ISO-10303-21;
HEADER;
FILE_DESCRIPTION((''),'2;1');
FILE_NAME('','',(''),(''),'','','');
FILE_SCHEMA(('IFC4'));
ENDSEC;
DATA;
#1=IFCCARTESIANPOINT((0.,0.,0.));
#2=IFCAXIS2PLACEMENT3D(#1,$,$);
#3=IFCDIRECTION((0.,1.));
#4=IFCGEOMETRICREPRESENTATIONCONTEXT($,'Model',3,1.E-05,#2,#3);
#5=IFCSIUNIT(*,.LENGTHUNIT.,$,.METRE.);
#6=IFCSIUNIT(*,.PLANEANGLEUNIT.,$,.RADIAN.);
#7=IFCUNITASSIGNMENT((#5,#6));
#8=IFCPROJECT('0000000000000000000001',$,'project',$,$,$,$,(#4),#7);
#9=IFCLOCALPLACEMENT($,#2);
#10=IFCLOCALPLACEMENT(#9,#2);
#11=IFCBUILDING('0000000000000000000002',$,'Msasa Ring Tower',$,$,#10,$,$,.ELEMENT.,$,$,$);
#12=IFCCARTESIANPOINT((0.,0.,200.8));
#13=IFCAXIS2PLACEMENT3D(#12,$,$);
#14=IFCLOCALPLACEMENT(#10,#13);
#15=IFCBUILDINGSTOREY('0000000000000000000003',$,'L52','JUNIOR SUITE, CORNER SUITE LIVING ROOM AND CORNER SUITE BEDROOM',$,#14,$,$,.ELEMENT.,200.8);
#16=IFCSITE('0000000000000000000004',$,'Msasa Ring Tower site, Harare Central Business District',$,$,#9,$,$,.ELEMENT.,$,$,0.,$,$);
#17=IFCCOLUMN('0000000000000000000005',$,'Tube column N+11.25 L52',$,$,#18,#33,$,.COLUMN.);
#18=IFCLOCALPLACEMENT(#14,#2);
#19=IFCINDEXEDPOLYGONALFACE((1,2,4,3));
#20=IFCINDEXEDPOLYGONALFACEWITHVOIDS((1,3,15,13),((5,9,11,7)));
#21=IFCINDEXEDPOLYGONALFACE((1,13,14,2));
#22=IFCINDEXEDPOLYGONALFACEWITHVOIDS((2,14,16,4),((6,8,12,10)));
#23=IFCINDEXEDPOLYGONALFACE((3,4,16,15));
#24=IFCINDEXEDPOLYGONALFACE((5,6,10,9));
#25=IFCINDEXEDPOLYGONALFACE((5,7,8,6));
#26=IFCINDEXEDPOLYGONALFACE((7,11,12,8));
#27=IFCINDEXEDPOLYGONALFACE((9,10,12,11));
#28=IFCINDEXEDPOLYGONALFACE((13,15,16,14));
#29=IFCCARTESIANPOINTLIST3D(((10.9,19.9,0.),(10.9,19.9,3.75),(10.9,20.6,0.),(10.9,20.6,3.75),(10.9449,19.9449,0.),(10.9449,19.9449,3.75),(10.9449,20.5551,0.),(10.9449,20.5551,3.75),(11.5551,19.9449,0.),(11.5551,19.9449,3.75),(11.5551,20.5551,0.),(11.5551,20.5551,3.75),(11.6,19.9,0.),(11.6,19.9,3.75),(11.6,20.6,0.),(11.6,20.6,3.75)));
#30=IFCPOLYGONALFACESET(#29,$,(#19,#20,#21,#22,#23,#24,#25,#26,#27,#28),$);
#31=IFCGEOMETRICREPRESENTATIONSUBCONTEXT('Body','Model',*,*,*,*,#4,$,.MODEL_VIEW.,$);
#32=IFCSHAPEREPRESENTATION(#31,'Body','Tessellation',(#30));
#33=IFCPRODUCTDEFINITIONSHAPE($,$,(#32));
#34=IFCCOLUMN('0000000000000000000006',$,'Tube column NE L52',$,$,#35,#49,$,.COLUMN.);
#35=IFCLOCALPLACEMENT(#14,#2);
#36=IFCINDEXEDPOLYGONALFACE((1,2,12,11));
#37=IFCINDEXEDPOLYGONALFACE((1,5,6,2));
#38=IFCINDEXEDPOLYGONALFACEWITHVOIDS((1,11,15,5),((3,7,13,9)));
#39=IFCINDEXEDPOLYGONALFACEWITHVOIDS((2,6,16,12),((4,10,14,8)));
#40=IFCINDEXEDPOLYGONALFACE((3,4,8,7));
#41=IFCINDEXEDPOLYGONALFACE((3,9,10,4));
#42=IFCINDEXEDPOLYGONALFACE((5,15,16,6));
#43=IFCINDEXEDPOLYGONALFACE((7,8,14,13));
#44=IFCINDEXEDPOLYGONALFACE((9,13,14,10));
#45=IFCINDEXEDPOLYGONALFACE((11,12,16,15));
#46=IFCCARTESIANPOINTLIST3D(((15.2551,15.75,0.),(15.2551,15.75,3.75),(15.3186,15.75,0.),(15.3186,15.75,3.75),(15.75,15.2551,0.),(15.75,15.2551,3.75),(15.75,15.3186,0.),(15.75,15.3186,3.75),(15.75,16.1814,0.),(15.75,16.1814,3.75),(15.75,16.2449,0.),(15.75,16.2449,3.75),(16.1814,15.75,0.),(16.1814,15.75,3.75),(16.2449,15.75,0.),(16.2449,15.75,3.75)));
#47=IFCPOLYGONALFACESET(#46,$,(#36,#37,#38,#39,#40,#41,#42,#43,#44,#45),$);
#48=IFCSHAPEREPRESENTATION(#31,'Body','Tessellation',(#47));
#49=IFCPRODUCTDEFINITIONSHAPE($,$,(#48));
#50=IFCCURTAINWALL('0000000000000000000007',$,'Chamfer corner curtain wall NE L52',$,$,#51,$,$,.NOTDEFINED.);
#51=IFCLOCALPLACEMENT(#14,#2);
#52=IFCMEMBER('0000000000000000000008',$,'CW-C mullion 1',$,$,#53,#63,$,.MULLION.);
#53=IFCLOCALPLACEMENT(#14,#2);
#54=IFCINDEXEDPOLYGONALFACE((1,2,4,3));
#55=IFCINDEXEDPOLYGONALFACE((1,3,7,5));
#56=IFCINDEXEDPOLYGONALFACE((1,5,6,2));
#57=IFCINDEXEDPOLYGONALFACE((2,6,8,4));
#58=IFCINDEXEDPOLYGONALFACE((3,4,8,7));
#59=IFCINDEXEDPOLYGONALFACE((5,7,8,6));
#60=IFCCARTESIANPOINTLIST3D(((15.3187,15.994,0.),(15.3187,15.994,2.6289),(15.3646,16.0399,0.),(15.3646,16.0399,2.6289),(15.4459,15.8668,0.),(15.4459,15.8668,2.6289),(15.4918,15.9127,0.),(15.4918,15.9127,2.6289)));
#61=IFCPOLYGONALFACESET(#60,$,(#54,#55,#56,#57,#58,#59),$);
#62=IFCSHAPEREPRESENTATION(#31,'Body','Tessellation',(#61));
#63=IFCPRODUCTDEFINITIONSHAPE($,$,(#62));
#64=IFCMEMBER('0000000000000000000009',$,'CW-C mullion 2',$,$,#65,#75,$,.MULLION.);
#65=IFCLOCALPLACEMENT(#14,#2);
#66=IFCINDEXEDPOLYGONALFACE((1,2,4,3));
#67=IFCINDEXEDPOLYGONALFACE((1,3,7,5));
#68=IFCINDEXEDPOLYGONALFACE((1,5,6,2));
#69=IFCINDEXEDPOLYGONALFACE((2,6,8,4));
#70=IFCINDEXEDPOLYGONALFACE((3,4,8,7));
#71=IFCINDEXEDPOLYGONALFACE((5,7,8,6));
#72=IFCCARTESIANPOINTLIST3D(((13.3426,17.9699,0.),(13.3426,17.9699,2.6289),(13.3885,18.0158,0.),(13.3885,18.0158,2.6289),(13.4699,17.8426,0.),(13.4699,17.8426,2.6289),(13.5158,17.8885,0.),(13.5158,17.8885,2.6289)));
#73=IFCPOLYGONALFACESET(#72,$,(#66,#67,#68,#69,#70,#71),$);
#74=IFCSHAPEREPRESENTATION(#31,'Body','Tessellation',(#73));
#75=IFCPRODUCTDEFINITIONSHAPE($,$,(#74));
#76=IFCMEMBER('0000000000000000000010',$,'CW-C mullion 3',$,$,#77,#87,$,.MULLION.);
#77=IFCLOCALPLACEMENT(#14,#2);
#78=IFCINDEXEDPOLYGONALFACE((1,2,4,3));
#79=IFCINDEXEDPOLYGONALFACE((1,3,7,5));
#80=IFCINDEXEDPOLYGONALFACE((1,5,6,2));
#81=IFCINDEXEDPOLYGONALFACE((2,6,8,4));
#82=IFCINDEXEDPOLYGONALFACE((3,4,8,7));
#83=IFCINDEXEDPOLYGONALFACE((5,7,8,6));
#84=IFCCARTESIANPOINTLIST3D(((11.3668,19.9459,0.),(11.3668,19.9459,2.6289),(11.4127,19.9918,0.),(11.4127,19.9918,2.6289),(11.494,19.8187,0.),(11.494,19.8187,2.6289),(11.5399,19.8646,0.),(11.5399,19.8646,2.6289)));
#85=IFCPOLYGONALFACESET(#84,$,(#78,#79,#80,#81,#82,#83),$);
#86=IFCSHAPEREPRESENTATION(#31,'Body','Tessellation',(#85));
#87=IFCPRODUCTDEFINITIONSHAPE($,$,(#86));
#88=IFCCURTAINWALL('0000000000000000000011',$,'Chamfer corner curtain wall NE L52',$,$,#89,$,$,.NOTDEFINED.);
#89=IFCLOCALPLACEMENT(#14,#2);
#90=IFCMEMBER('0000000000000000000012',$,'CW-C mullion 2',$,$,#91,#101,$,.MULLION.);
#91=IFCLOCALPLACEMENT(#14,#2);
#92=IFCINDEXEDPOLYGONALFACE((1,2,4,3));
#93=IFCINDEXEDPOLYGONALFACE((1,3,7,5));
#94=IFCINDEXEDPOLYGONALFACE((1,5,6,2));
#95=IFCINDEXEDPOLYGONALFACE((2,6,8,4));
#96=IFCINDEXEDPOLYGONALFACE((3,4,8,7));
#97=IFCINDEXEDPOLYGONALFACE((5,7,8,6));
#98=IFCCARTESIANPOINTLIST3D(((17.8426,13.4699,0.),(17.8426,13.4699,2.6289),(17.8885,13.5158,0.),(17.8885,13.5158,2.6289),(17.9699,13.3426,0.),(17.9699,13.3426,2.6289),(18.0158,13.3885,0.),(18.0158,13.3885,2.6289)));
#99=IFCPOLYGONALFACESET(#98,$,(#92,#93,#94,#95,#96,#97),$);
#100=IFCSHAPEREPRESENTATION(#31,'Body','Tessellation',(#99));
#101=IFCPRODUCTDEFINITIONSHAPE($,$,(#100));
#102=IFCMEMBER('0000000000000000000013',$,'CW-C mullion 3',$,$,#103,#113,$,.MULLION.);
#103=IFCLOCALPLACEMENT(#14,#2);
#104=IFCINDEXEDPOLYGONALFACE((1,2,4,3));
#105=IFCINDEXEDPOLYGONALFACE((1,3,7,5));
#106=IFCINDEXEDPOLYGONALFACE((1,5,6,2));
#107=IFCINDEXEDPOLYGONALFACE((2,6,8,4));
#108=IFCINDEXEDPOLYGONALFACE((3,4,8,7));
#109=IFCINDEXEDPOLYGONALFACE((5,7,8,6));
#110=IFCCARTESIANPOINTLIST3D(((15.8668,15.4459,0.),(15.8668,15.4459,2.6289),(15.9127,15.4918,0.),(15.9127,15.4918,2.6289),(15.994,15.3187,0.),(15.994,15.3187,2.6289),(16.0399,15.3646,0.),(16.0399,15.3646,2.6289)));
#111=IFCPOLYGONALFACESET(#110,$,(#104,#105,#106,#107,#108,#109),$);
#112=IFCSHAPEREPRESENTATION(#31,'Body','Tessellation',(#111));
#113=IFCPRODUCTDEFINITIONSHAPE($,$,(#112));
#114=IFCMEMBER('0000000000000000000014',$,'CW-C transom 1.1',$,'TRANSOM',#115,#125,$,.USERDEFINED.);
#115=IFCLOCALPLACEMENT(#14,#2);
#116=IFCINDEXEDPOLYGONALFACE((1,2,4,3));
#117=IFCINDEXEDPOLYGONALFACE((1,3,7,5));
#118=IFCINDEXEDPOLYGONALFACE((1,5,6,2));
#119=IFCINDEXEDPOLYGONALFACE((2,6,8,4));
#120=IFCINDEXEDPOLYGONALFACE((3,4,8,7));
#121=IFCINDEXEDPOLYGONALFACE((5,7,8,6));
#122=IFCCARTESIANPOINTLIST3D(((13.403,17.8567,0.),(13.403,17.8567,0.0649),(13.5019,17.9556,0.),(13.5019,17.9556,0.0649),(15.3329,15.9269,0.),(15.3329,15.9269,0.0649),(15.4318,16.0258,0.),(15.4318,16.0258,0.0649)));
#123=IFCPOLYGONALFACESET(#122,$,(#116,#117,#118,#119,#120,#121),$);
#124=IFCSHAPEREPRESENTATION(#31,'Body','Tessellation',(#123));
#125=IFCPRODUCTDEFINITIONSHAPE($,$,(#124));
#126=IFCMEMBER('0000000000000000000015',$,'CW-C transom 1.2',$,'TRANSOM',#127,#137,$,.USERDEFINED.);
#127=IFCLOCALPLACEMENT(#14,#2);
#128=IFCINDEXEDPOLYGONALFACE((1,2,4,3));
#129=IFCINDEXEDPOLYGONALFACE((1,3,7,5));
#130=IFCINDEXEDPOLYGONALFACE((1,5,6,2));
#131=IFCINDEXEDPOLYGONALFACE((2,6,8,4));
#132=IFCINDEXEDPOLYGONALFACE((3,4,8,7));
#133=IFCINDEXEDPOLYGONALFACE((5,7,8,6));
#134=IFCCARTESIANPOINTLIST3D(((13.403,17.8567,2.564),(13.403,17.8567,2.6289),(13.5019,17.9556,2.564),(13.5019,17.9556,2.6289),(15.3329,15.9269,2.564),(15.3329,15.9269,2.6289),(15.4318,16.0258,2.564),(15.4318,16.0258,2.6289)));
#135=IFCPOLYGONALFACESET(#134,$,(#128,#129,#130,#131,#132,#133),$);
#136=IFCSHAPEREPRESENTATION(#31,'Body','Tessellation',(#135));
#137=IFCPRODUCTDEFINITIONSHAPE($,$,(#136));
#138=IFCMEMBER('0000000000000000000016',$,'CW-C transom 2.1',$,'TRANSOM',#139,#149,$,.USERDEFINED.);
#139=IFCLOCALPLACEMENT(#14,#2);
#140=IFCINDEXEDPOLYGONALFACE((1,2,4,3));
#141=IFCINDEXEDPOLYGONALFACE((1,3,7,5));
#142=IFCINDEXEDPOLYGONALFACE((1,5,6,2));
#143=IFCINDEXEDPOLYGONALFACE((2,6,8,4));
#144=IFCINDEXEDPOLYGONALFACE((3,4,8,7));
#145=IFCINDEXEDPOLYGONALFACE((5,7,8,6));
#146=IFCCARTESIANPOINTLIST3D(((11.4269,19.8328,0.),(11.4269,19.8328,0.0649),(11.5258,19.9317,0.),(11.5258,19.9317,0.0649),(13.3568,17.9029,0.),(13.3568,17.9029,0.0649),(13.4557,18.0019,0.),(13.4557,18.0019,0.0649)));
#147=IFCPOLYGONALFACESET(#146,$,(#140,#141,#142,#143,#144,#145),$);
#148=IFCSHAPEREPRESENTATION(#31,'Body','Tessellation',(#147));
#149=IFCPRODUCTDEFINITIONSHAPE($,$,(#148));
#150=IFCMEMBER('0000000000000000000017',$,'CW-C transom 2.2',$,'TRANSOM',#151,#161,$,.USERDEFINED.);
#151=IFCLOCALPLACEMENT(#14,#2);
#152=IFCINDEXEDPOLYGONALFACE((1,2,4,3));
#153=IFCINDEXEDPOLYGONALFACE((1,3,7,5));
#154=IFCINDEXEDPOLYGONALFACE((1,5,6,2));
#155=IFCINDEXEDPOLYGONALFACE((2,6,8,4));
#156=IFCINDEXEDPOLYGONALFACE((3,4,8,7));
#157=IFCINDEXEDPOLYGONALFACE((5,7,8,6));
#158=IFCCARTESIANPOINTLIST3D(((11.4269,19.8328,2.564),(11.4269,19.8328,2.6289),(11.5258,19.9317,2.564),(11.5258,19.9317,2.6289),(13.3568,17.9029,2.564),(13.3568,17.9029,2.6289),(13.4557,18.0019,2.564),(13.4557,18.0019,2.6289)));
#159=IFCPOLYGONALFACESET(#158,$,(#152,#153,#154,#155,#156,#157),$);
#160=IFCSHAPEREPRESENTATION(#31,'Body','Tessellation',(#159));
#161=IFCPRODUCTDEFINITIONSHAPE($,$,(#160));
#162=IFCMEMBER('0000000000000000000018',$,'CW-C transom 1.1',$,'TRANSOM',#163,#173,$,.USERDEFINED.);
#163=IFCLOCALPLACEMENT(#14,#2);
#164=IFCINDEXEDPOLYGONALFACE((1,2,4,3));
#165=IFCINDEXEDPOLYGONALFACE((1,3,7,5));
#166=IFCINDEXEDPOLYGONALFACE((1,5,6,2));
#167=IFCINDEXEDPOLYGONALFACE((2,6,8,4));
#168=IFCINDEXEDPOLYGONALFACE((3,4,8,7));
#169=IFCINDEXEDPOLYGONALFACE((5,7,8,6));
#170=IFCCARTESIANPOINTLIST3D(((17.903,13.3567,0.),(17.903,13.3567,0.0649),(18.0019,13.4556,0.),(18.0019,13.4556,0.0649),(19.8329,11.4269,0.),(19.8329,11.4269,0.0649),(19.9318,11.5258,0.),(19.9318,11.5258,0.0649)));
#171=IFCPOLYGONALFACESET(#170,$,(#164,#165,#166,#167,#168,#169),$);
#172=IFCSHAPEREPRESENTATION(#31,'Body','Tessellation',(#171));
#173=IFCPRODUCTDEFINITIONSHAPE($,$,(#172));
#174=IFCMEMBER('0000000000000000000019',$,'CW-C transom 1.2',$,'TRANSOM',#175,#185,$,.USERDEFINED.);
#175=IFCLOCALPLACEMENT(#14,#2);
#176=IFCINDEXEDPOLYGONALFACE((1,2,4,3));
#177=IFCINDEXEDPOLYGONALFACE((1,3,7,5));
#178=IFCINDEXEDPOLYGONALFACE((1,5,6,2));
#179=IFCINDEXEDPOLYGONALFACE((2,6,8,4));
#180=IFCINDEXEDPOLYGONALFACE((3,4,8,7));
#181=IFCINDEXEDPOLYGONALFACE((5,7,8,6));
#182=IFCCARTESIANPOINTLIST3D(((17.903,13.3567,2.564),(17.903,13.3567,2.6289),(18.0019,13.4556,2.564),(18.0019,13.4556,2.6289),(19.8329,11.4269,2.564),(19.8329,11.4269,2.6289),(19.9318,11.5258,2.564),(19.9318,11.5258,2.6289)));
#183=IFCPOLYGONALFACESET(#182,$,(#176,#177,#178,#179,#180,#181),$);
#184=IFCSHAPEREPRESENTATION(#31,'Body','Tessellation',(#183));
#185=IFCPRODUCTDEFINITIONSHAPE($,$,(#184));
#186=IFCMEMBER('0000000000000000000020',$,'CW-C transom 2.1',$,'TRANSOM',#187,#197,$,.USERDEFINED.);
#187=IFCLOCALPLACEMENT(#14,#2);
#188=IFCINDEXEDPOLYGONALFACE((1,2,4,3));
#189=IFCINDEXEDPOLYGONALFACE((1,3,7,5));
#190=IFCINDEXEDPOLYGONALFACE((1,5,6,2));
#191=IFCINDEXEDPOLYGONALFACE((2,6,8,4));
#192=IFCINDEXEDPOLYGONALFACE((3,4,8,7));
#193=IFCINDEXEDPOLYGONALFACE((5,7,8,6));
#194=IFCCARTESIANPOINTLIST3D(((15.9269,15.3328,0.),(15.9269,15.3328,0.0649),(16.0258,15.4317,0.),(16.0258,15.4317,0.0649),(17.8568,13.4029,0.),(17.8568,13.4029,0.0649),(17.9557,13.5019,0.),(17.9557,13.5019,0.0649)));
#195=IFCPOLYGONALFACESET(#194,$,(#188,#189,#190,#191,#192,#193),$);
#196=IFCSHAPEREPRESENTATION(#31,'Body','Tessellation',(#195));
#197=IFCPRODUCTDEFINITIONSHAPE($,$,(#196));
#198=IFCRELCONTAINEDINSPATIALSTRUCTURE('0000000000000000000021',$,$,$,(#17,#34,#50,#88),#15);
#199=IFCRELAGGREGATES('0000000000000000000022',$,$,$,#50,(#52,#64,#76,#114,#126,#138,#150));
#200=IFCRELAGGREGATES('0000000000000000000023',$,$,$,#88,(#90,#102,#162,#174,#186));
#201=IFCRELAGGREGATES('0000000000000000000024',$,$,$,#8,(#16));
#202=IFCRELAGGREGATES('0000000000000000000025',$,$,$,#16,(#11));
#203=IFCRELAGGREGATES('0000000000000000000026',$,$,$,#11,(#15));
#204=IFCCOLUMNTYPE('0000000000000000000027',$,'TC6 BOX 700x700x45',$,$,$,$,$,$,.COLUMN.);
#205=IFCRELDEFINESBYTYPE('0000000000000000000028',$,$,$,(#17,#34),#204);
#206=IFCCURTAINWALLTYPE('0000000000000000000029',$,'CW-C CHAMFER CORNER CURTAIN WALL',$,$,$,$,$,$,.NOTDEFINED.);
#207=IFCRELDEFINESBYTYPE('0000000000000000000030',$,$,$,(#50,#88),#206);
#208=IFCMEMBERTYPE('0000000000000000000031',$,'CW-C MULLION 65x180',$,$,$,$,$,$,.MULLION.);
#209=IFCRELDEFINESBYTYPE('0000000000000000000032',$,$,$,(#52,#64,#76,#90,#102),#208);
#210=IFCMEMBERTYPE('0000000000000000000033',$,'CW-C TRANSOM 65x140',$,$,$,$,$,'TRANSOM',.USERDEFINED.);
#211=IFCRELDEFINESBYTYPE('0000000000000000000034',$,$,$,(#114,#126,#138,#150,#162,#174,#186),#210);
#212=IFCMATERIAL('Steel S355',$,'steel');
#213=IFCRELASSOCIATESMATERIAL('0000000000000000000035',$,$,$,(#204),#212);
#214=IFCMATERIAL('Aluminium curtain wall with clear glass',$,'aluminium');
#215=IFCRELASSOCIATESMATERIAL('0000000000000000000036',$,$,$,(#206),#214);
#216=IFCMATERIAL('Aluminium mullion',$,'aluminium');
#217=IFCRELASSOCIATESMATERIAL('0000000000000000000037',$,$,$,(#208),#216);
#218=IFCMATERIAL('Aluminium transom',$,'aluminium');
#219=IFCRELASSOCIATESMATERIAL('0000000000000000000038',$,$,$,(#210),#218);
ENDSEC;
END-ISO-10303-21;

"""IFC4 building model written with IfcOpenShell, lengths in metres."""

from ifc_helpers import new_model, si_unit, direction, frame, origin, origin_2d, place, context, subcontext, project, spatial, rectangle, hollow_rectangle, extrude, material, material_profile, profile_set, type_object, element, aggregate, save


model = new_model("IFC4")

# Units and contexts
model_context = context("Model", 3, precision=1e-05, world=origin(), true_north=direction((0.0, 1.0)))
body_context = subcontext(model_context, "Body", "Model", "MODEL_VIEW")
ifc_project = project(units=[si_unit("LENGTHUNIT", "METRE"), si_unit("PLANEANGLEUNIT", "RADIAN")], contexts=[model_context])

# Site, building, storey
site_placement = place(None, origin())
site = spatial("IfcSite", under=ifc_project, at=site_placement, Name="Msasa Ring Tower site, Harare Central Business District", CompositionType="ELEMENT", RefElevation=0.0)
building_placement = place(site_placement, origin())
building = spatial("IfcBuilding", under=site, at=building_placement, Name="Msasa Ring Tower", CompositionType="ELEMENT")
storey_placement = place(building_placement, frame((0.0, 0.0, 200.8)))
storey = spatial("IfcBuildingStorey", under=building, at=storey_placement, Name="L52", Description="JUNIOR SUITE, CORNER SUITE LIVING ROOM AND CORNER SUITE BEDROOM", CompositionType="ELEMENT", Elevation=200.8)

# Columns
ifc_material_1 = material(Name="Steel S355", Category="steel")
ifc_material_profile_1 = material_profile(ifc_material_1, hollow_rectangle(XDim=0.7, YDim=0.7, WallThickness=0.0449, at=origin_2d()), Name="BOX 700x700x45")
ifc_profile_set_1 = profile_set([ifc_material_profile_1], Name="Steel S355")
column_type = type_object("IfcColumnType", Name="TC6 BOX 700x700x45", PredefinedType="COLUMN", material=ifc_profile_set_1)
for number, where, z_axis, x_axis, name in (
    (1, (11.25, 20.25, 0.0), (0.0, 0.0, 1.0), (0.0, 1.0, 0.0), "Tube column N+11.25 L52"),
    (2, (15.75, 15.75, 0.0), (0.0, 0.0, 1.0), (0.707107, 0.707107, 0.0), "Tube column NE L52"),
):
    element("IfcColumn", number, at=place(storey_placement, frame(where, z_axis=z_axis, x_axis=x_axis)), inside=storey, type_object=column_type, Name=name, PredefinedType="COLUMN", context=body_context, shape_type="SweptSolid", body=[
        extrude(hollow_rectangle(XDim=0.7, YDim=0.7, WallThickness=0.0449, at=origin_2d()), origin(), (0.0, 0.0, 1.0), 3.75),
    ])

# Curtain walls, members
ifc_material_2 = material(Name="Aluminium curtain wall with clear glass", Category="aluminium")
curtain_wall_type = type_object("IfcCurtainWallType", Name="CW-C CHAMFER CORNER CURTAIN WALL", PredefinedType="NOTDEFINED", material=ifc_material_2)
curtain_wall_1_placement = place(storey_placement, origin())
curtain_wall_1 = element("IfcCurtainWall", 3, at=curtain_wall_1_placement, inside=storey, type_object=curtain_wall_type, Name="Chamfer corner curtain wall NE L52", PredefinedType="NOTDEFINED")
ifc_material_3 = material(Name="Aluminium mullion", Category="aluminium")
ifc_material_profile_2 = material_profile(ifc_material_3, rectangle(XDim=0.0649, YDim=0.1799, at=origin_2d()), Name="AL 65x180")
ifc_profile_set_2 = profile_set([ifc_material_profile_2], Name="Aluminium mullion")
member_type_1 = type_object("IfcMemberType", Name="CW-C MULLION 65x180", PredefinedType="MULLION", material=ifc_profile_set_2)
member_1_placement = place(storey_placement, frame((15.4053, 15.9534, 0.0), z_axis=(0.0, 0.0, 1.0), x_axis=(-0.707107, -0.707107, 0.0)))
member_1 = element("IfcMember", 4, at=member_1_placement, type_object=member_type_1, Name="CW-C mullion 1", PredefinedType="MULLION", context=body_context, shape_type="SweptSolid", body=[
    extrude(rectangle(XDim=0.0649, YDim=0.1799, at=origin_2d()), origin(), (0.0, 0.0, 1.0), 2.6289),
])
member_2_placement = place(storey_placement, frame((13.4292, 17.9292, 0.0), z_axis=(0.0, 0.0, 1.0), x_axis=(-0.707107, -0.707107, 0.0)))
member_2 = element("IfcMember", 5, at=member_2_placement, type_object=member_type_1, Name="CW-C mullion 2", PredefinedType="MULLION", context=body_context, shape_type="SweptSolid", body=[
    extrude(rectangle(XDim=0.0649, YDim=0.1799, at=origin_2d()), origin(), (0.0, 0.0, 1.0), 2.6289),
])
member_3_placement = place(storey_placement, frame((11.4534, 19.9053, 0.0), z_axis=(0.0, 0.0, 1.0), x_axis=(-0.707107, -0.707107, 0.0)))
member_3 = element("IfcMember", 6, at=member_3_placement, type_object=member_type_1, Name="CW-C mullion 3", PredefinedType="MULLION", context=body_context, shape_type="SweptSolid", body=[
    extrude(rectangle(XDim=0.0649, YDim=0.1799, at=origin_2d()), origin(), (0.0, 0.0, 1.0), 2.6289),
])
curtain_wall_2_placement = place(storey_placement, origin())
curtain_wall_2 = element("IfcCurtainWall", 7, at=curtain_wall_2_placement, inside=storey, type_object=curtain_wall_type, Name="Chamfer corner curtain wall NE L52", PredefinedType="NOTDEFINED")
member_4_placement = place(storey_placement, frame((17.9292, 13.4292, 0.0), z_axis=(0.0, 0.0, 1.0), x_axis=(-0.707107, -0.707107, 0.0)))
member_4 = element("IfcMember", 8, at=member_4_placement, type_object=member_type_1, Name="CW-C mullion 2", PredefinedType="MULLION", context=body_context, shape_type="SweptSolid", body=[
    extrude(rectangle(XDim=0.0649, YDim=0.1799, at=origin_2d()), origin(), (0.0, 0.0, 1.0), 2.6289),
])
member_5_placement = place(storey_placement, frame((15.9534, 15.4053, 0.0), z_axis=(0.0, 0.0, 1.0), x_axis=(-0.707107, -0.707107, 0.0)))
member_5 = element("IfcMember", 9, at=member_5_placement, type_object=member_type_1, Name="CW-C mullion 3", PredefinedType="MULLION", context=body_context, shape_type="SweptSolid", body=[
    extrude(rectangle(XDim=0.0649, YDim=0.1799, at=origin_2d()), origin(), (0.0, 0.0, 1.0), 2.6289),
])

# Members
ifc_material_4 = material(Name="Aluminium transom", Category="aluminium")
ifc_material_profile_3 = material_profile(ifc_material_4, rectangle(XDim=0.1399, YDim=0.0649, at=origin_2d()), Name="AL 65x140")
ifc_profile_set_3 = profile_set([ifc_material_profile_3], Name="Aluminium transom")
member_type_2 = type_object("IfcMemberType", Name="CW-C TRANSOM 65x140", ElementType="TRANSOM", PredefinedType="USERDEFINED", material=ifc_profile_set_3)
member_6_placement = place(storey_placement, frame((15.3823, 15.9763, 0.0325), z_axis=(-0.707107, 0.707107, 0.0), x_axis=(-0.707107, -0.707107, 0.0)))
member_6 = element("IfcMember", 10, at=member_6_placement, type_object=member_type_2, Name="CW-C transom 1.1", ObjectType="TRANSOM", PredefinedType="USERDEFINED", context=body_context, shape_type="SweptSolid", body=[
    extrude(rectangle(XDim=0.1399, YDim=0.0649, at=origin_2d()), origin(), (0.0, 0.0, 1.0), 2.7292),
])
member_7_placement = place(storey_placement, frame((15.3823, 15.9763, 2.5964), z_axis=(-0.707107, 0.707107, 0.0), x_axis=(-0.707107, -0.707107, 0.0)))
member_7 = element("IfcMember", 11, at=member_7_placement, type_object=member_type_2, Name="CW-C transom 1.2", ObjectType="TRANSOM", PredefinedType="USERDEFINED", context=body_context, shape_type="SweptSolid", body=[
    extrude(rectangle(XDim=0.1399, YDim=0.0649, at=origin_2d()), origin(), (0.0, 0.0, 1.0), 2.7292),
])
member_8_placement = place(storey_placement, frame((13.4062, 17.9524, 0.0325), z_axis=(-0.707107, 0.707107, 0.0), x_axis=(-0.707107, -0.707107, 0.0)))
member_8 = element("IfcMember", 12, at=member_8_placement, type_object=member_type_2, Name="CW-C transom 2.1", ObjectType="TRANSOM", PredefinedType="USERDEFINED", context=body_context, shape_type="SweptSolid", body=[
    extrude(rectangle(XDim=0.1399, YDim=0.0649, at=origin_2d()), origin(), (0.0, 0.0, 1.0), 2.7292),
])
member_9_placement = place(storey_placement, frame((13.4062, 17.9524, 2.5964), z_axis=(-0.707107, 0.707107, 0.0), x_axis=(-0.707107, -0.707107, 0.0)))
member_9 = element("IfcMember", 13, at=member_9_placement, type_object=member_type_2, Name="CW-C transom 2.2", ObjectType="TRANSOM", PredefinedType="USERDEFINED", context=body_context, shape_type="SweptSolid", body=[
    extrude(rectangle(XDim=0.1399, YDim=0.0649, at=origin_2d()), origin(), (0.0, 0.0, 1.0), 2.7292),
])
member_10_placement = place(storey_placement, frame((19.8823, 11.4763, 0.0325), z_axis=(-0.707107, 0.707107, 0.0), x_axis=(-0.707107, -0.707107, 0.0)))
member_10 = element("IfcMember", 14, at=member_10_placement, type_object=member_type_2, Name="CW-C transom 1.1", ObjectType="TRANSOM", PredefinedType="USERDEFINED", context=body_context, shape_type="SweptSolid", body=[
    extrude(rectangle(XDim=0.1399, YDim=0.0649, at=origin_2d()), origin(), (0.0, 0.0, 1.0), 2.7292),
])
member_11_placement = place(storey_placement, frame((19.8823, 11.4763, 2.5964), z_axis=(-0.707107, 0.707107, 0.0), x_axis=(-0.707107, -0.707107, 0.0)))
member_11 = element("IfcMember", 15, at=member_11_placement, type_object=member_type_2, Name="CW-C transom 1.2", ObjectType="TRANSOM", PredefinedType="USERDEFINED", context=body_context, shape_type="SweptSolid", body=[
    extrude(rectangle(XDim=0.1399, YDim=0.0649, at=origin_2d()), origin(), (0.0, 0.0, 1.0), 2.7292),
])
member_12_placement = place(storey_placement, frame((17.9062, 13.4524, 0.0325), z_axis=(-0.707107, 0.707107, 0.0), x_axis=(-0.707107, -0.707107, 0.0)))
member_12 = element("IfcMember", 16, at=member_12_placement, type_object=member_type_2, Name="CW-C transom 2.1", ObjectType="TRANSOM", PredefinedType="USERDEFINED", context=body_context, shape_type="SweptSolid", body=[
    extrude(rectangle(XDim=0.1399, YDim=0.0649, at=origin_2d()), origin(), (0.0, 0.0, 1.0), 2.7292),
])

aggregate(curtain_wall_1, [member_1, member_2, member_3, member_6, member_7, member_8, member_9])
aggregate(curtain_wall_2, [member_4, member_5, member_10, member_11, member_12])

save(model, "model.ifc")
